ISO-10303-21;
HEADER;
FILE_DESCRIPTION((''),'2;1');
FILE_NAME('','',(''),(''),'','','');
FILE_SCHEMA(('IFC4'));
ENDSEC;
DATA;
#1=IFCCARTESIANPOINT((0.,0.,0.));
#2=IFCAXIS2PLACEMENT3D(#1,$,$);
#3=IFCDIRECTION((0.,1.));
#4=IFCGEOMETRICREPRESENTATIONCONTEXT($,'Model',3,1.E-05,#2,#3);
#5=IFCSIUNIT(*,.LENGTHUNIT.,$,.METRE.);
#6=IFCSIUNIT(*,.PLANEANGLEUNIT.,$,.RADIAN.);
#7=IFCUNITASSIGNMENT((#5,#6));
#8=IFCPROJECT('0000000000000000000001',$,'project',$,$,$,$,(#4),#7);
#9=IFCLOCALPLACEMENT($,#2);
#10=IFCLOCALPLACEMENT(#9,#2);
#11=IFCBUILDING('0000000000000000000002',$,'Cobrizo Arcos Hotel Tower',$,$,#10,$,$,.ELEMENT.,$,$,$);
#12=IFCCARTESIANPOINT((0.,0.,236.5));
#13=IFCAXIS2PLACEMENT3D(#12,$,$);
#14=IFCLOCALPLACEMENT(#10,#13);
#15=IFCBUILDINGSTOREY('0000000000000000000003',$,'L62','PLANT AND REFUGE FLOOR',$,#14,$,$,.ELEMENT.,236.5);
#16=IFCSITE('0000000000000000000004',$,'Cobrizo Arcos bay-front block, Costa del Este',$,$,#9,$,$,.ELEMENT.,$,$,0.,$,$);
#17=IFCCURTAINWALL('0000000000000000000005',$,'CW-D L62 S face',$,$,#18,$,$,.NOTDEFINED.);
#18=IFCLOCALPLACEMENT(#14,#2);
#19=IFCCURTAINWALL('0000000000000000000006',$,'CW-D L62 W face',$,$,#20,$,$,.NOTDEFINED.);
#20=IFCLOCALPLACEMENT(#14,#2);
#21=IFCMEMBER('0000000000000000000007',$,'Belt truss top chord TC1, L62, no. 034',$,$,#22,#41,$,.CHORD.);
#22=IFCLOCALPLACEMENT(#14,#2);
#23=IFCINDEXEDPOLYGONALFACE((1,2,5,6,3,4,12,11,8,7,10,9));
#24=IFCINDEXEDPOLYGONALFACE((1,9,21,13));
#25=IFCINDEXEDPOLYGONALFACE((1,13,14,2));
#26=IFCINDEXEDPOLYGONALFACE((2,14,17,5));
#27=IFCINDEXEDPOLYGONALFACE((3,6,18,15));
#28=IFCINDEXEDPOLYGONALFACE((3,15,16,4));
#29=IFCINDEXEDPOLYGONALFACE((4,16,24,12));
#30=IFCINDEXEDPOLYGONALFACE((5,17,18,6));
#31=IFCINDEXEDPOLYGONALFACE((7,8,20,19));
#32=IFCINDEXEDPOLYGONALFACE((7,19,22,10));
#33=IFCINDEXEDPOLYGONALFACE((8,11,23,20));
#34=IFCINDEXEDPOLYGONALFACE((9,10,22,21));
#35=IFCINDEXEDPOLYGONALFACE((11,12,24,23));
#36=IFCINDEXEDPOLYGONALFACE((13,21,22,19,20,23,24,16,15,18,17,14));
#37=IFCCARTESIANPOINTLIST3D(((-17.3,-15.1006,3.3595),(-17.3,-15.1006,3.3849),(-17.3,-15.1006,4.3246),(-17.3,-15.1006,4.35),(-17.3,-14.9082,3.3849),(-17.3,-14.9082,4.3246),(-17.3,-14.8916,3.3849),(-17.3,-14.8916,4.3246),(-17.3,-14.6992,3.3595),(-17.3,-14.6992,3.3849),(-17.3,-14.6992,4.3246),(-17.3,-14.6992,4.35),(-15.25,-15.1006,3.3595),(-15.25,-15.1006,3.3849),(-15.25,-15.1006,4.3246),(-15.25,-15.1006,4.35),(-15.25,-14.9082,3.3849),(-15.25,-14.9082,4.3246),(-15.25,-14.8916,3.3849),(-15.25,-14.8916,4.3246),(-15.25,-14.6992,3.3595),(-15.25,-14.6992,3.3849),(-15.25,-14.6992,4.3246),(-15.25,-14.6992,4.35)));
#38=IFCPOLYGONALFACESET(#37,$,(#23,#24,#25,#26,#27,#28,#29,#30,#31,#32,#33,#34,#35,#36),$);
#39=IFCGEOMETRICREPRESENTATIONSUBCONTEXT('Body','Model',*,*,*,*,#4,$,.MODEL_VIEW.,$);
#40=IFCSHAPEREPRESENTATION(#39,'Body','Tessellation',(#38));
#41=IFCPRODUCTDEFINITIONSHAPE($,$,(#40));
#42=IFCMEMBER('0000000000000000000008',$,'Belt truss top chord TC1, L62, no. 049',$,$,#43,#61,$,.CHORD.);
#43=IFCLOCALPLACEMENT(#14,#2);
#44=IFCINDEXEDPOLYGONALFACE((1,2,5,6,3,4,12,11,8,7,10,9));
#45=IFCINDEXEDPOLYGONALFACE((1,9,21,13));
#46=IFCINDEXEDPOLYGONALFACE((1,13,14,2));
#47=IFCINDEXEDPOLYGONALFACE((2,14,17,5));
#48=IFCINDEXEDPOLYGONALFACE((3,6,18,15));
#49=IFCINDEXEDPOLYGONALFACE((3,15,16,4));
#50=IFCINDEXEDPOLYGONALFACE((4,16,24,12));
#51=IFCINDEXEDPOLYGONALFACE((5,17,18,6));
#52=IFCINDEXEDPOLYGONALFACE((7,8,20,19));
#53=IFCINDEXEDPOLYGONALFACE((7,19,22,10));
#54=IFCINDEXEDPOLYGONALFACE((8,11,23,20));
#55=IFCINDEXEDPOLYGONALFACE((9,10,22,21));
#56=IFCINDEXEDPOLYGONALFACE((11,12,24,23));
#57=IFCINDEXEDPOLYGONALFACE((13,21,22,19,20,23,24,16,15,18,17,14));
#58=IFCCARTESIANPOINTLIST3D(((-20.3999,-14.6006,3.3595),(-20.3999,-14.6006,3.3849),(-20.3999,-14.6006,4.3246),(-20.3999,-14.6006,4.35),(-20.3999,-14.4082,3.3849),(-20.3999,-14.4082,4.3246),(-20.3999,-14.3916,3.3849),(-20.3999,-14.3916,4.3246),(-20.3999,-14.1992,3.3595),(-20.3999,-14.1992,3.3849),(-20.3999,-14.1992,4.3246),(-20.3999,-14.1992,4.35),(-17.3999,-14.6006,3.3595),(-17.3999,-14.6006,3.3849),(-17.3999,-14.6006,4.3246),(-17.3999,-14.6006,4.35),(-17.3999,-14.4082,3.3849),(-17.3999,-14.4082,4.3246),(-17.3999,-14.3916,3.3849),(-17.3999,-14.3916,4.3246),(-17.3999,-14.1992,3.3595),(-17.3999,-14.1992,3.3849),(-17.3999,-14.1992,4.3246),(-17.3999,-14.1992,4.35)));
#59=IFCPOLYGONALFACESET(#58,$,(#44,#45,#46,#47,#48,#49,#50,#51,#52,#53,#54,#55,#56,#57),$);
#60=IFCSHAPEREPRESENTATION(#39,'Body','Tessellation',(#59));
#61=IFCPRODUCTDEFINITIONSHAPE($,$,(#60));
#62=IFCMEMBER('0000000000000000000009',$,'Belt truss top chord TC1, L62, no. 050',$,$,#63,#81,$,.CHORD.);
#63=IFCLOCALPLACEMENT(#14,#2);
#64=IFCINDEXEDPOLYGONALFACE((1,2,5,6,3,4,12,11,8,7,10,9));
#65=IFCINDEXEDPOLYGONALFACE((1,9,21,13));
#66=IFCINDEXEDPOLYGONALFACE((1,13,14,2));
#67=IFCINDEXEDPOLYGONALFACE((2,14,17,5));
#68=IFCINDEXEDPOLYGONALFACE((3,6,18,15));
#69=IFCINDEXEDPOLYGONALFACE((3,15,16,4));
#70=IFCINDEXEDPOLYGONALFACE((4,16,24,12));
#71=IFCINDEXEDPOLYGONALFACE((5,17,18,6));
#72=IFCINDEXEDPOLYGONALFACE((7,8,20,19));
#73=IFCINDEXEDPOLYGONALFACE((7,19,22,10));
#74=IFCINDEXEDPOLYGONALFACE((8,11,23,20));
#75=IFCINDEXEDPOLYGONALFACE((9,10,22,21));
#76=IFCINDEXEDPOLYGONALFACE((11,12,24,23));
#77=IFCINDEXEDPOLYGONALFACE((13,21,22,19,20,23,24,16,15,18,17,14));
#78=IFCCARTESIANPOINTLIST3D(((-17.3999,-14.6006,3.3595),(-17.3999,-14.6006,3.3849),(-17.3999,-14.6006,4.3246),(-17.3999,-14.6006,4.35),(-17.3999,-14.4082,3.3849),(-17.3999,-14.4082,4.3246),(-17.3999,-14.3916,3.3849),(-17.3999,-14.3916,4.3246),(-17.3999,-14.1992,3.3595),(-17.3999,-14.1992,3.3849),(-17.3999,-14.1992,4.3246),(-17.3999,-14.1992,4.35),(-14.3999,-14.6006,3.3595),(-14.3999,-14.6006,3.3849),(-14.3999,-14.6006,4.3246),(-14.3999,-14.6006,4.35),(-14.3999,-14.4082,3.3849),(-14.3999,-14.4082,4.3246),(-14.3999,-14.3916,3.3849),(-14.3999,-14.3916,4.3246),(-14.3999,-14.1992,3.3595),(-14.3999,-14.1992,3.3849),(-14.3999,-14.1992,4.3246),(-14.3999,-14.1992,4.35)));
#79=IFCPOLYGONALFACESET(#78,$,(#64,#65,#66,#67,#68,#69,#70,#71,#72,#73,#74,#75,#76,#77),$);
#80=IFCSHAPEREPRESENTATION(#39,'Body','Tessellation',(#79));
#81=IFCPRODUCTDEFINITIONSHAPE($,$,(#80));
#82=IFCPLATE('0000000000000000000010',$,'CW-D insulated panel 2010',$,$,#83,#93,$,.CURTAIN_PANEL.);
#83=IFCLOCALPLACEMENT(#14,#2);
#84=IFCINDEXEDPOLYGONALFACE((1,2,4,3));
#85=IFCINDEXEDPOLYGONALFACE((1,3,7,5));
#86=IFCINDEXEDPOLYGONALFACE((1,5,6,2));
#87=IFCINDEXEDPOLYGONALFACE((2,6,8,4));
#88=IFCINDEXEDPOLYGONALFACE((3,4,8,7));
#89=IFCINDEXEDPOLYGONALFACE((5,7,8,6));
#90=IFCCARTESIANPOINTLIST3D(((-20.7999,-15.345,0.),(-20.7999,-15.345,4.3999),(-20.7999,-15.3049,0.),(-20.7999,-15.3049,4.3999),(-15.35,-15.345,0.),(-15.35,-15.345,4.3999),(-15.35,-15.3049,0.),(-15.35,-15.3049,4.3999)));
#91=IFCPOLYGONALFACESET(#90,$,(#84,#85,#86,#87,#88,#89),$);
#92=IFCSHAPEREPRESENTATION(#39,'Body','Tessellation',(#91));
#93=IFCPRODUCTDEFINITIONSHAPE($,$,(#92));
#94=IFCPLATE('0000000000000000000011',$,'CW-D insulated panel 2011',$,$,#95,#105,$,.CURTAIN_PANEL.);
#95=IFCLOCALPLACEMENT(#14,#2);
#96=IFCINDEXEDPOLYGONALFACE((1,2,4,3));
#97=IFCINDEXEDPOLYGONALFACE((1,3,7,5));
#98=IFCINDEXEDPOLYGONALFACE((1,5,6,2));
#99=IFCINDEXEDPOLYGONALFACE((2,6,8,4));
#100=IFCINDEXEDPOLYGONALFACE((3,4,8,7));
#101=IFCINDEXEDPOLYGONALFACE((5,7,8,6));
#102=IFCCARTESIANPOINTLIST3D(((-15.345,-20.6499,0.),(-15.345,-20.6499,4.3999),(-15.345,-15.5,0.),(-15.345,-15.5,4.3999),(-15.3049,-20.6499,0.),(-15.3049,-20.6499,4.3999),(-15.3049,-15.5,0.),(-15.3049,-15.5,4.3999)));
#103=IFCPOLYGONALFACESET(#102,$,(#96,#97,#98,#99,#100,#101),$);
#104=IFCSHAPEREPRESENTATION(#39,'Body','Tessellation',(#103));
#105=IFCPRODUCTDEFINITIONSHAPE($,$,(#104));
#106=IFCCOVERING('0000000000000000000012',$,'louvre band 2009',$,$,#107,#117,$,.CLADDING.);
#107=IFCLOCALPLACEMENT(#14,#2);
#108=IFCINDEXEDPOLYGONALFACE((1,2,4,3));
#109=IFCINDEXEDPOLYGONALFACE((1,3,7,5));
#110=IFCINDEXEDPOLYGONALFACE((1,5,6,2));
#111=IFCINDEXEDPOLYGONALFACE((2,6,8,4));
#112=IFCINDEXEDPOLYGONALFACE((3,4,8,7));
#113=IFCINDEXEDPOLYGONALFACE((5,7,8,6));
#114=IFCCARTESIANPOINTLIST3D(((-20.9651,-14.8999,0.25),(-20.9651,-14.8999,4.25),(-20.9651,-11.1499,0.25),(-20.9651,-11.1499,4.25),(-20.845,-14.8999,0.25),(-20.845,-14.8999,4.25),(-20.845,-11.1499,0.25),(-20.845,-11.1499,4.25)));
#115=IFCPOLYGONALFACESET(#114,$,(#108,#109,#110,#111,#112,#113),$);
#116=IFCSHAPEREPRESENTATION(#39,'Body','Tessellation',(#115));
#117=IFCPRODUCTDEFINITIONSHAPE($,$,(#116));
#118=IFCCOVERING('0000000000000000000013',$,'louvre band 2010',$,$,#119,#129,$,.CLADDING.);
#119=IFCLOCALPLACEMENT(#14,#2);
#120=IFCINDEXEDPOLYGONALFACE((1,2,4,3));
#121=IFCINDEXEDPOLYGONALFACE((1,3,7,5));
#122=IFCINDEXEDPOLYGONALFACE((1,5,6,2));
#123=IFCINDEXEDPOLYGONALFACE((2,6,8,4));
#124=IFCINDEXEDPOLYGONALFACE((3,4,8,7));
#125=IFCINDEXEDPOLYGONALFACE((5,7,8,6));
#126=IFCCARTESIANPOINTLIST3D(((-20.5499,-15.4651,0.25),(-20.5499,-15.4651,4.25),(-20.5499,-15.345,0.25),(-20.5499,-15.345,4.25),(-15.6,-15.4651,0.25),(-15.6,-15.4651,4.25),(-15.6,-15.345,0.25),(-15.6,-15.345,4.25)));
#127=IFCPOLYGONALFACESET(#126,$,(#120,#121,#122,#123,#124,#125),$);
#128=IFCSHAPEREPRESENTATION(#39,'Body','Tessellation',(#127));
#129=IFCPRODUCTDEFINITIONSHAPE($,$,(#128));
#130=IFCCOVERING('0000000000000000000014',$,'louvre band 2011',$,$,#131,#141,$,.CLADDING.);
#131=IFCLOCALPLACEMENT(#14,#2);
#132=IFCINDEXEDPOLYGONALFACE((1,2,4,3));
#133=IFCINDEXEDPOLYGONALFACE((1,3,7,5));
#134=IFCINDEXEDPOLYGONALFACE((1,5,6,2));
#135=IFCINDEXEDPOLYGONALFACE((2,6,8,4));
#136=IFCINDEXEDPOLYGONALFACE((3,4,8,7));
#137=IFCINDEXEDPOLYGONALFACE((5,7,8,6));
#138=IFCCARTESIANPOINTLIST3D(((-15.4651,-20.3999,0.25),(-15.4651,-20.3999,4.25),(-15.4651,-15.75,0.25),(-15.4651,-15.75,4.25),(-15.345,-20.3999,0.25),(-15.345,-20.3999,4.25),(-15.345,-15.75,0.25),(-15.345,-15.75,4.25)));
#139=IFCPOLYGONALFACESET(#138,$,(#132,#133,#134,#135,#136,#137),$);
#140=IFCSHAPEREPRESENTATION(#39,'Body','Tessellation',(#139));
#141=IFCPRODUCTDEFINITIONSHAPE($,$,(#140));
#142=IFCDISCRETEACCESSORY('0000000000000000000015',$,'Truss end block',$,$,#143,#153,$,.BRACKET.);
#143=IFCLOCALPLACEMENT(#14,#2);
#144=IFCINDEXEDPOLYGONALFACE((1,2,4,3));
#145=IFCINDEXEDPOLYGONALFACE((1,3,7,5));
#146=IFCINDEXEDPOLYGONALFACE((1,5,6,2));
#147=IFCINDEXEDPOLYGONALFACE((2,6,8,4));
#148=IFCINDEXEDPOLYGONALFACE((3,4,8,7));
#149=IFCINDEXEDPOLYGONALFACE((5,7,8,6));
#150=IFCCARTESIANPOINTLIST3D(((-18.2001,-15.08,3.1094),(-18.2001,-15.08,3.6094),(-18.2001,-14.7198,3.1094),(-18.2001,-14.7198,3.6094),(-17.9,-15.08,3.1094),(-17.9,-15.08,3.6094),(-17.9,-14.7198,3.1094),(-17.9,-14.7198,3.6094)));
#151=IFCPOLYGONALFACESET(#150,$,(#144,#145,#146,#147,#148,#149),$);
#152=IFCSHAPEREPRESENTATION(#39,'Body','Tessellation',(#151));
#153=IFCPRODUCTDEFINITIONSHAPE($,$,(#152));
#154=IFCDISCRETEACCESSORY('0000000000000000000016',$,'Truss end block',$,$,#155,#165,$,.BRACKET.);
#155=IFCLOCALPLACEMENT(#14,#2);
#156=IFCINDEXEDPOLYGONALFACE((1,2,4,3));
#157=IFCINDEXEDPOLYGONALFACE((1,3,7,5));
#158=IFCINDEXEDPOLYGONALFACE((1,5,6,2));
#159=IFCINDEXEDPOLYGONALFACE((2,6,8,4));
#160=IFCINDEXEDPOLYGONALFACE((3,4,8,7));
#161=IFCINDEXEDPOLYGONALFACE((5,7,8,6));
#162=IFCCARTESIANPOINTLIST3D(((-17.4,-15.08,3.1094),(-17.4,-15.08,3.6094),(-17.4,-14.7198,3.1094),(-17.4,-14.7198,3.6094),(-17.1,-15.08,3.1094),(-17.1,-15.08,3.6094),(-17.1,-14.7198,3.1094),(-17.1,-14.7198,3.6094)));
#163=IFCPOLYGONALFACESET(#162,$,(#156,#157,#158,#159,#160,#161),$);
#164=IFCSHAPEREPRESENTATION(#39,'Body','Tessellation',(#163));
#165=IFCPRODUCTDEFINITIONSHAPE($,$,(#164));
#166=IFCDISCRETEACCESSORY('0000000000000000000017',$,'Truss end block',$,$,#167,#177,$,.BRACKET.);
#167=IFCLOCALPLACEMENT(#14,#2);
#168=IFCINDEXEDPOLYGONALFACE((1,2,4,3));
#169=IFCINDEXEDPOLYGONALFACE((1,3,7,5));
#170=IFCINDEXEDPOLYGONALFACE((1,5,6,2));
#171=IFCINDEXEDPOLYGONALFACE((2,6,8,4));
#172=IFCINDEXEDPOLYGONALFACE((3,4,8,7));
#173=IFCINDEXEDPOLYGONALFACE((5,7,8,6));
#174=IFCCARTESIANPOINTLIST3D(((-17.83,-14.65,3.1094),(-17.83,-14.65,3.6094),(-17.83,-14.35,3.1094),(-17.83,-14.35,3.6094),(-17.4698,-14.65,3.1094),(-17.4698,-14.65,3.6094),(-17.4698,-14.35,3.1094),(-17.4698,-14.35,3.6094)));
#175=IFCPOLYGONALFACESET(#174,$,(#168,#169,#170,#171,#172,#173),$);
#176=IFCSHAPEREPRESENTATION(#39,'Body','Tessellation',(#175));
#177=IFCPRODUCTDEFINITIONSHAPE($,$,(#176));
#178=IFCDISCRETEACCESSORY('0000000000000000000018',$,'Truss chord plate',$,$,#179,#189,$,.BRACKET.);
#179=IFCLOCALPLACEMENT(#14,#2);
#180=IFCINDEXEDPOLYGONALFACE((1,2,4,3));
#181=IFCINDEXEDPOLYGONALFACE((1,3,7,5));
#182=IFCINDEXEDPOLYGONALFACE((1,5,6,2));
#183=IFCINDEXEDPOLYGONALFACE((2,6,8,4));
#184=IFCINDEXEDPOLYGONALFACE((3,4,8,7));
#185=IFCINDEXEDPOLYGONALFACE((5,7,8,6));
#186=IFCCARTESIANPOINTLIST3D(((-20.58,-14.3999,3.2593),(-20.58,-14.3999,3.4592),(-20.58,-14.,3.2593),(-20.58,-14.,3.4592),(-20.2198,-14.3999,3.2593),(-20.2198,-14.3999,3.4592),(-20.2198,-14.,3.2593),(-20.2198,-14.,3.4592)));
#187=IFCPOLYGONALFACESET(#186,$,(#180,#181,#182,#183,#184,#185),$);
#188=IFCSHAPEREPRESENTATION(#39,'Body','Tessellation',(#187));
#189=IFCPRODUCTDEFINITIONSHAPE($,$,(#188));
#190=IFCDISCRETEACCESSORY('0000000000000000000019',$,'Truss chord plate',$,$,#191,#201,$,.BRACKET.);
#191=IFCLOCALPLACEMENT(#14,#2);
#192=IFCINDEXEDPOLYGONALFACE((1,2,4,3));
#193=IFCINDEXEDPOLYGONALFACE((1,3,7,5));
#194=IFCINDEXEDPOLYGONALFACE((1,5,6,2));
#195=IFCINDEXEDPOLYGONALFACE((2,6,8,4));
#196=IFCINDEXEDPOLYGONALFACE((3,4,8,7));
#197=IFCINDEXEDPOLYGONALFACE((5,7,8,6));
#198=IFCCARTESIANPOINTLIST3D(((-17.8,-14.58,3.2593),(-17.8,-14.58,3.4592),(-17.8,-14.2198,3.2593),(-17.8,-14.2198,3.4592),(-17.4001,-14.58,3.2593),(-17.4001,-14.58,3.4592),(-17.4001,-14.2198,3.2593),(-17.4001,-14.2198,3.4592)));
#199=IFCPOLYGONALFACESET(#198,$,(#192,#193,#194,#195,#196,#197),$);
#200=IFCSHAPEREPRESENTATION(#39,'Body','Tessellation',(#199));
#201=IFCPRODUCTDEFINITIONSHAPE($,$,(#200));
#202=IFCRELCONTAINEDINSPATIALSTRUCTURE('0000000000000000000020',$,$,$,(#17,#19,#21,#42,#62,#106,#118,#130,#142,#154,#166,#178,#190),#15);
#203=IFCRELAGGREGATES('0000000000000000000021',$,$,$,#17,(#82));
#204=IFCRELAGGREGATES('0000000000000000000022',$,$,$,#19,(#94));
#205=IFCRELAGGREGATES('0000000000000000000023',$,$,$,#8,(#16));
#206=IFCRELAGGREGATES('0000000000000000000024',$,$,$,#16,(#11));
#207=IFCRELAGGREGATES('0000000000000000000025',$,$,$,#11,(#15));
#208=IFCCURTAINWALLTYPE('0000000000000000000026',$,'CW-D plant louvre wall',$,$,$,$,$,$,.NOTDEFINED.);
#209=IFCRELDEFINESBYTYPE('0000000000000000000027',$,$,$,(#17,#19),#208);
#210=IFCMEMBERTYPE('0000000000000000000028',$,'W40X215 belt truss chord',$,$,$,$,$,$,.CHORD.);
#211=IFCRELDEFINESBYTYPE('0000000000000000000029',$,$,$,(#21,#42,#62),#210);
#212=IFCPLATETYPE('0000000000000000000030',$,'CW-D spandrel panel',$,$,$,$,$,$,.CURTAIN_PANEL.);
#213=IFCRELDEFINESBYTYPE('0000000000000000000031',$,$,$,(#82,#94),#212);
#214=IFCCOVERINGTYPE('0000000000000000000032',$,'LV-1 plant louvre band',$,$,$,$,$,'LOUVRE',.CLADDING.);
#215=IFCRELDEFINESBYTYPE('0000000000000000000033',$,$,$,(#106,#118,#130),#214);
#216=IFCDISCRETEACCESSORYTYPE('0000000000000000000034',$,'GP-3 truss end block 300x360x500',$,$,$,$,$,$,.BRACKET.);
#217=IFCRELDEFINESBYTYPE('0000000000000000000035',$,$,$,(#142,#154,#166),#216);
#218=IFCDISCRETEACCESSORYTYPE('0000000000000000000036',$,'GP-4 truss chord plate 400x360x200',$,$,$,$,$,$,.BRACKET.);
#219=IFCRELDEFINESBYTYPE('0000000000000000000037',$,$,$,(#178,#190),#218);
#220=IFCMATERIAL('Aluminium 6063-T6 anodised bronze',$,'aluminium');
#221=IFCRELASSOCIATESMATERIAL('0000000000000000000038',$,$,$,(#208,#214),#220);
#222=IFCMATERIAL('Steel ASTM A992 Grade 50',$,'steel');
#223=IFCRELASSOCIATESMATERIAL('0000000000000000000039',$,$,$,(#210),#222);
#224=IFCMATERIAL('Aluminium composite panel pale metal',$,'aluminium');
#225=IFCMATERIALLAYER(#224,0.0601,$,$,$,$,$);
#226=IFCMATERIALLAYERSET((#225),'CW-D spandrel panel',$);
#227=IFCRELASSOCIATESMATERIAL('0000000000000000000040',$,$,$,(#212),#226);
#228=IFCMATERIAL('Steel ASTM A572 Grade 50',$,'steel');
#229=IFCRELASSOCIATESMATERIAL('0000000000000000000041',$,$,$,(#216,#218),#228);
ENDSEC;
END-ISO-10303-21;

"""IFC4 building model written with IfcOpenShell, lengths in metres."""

from ifc_helpers import new_model, si_unit, direction, frame, origin, origin_2d, place, context, subcontext, project, spatial, rectangle, i_section, extrude, material, layer, layer_set, material_profile, profile_set, type_object, element, aggregate, save


model = new_model("IFC4")

# Units and contexts
model_context = context("Model", 3, precision=1e-05, world=origin(), true_north=direction((0.0, 1.0)))
body_context = subcontext(model_context, "Body", "Model", "MODEL_VIEW")
ifc_project = project(units=[si_unit("LENGTHUNIT", "METRE"), si_unit("PLANEANGLEUNIT", "RADIAN")], contexts=[model_context])

# Site, building, storey
site_placement = place(None, origin())
site = spatial("IfcSite", under=ifc_project, at=site_placement, Name="Cobrizo Arcos bay-front block, Costa del Este", CompositionType="ELEMENT", RefElevation=0.0)
building_placement = place(site_placement, origin())
building = spatial("IfcBuilding", under=site, at=building_placement, Name="Cobrizo Arcos Hotel Tower", CompositionType="ELEMENT")
storey_placement = place(building_placement, frame((0.0, 0.0, 236.5)))
storey = spatial("IfcBuildingStorey", under=building, at=storey_placement, Name="L62", Description="PLANT AND REFUGE FLOOR", CompositionType="ELEMENT", Elevation=236.5)

# Shared definitions
ifc_material_1 = material(Name="Aluminium 6063-T6 anodised bronze", Category="aluminium")
curtain_wall_type = type_object("IfcCurtainWallType", Name="CW-D plant louvre wall", PredefinedType="NOTDEFINED", material=ifc_material_1)

# Curtain walls
curtain_wall_1_placement = place(storey_placement, origin())
curtain_wall_1 = element("IfcCurtainWall", 1, at=curtain_wall_1_placement, inside=storey, type_object=curtain_wall_type, Name="CW-D L62 S face", PredefinedType="NOTDEFINED")
curtain_wall_2_placement = place(storey_placement, origin())
curtain_wall_2 = element("IfcCurtainWall", 2, at=curtain_wall_2_placement, inside=storey, type_object=curtain_wall_type, Name="CW-D L62 W face", PredefinedType="NOTDEFINED")

# Members
ifc_material_2 = material(Name="Steel ASTM A992 Grade 50", Category="steel")
ifc_material_profile_1 = material_profile(ifc_material_2, i_section(OverallWidth=0.4014, OverallDepth=0.9905, WebThickness=0.0166, FlangeThickness=0.0254, at=origin_2d()), Name="W40X215")
ifc_profile_set_1 = profile_set([ifc_material_profile_1], Name="Steel ASTM A992 Grade 50")
member_type_1 = type_object("IfcMemberType", Name="W40X215 belt truss chord", PredefinedType="CHORD", material=ifc_profile_set_1)
for number, where, z_axis, x_axis, name in (
    (3, (-17.3, -14.8999, 3.8547), (1.0, 0.0, 0.0), (0.0, 1.0, 0.0), "Belt truss top chord TC1, L62, no. 034"),
):
    element("IfcMember", number, at=place(storey_placement, frame(where, z_axis=z_axis, x_axis=x_axis)), inside=storey, type_object=member_type_1, Name=name, PredefinedType="CHORD", context=body_context, shape_type="SweptSolid", body=[
        extrude(i_section(OverallWidth=0.4014, OverallDepth=0.9905, WebThickness=0.0166, FlangeThickness=0.0254, at=origin_2d()), origin(), (0.0, 0.0, 1.0), 2.05),
    ])
for number, where, z_axis, x_axis, name in (
    (4, (-20.3999, -14.3999, 3.8547), (1.0, 0.0, 0.0), (0.0, 1.0, 0.0), "Belt truss top chord TC1, L62, no. 049"),
    (5, (-17.3999, -14.3999, 3.8547), (1.0, 0.0, 0.0), (0.0, 1.0, 0.0), "Belt truss top chord TC1, L62, no. 050"),
):
    element("IfcMember", number, at=place(storey_placement, frame(where, z_axis=z_axis, x_axis=x_axis)), inside=storey, type_object=member_type_1, Name=name, PredefinedType="CHORD", context=body_context, shape_type="SweptSolid", body=[
        extrude(i_section(OverallWidth=0.4014, OverallDepth=0.9905, WebThickness=0.0166, FlangeThickness=0.0254, at=origin_2d()), origin(), (0.0, 0.0, 1.0), 3.0),
    ])

# Plates
ifc_material_3 = material(Name="Aluminium composite panel pale metal", Category="aluminium")
ifc_layer = layer(ifc_material_3, 0.0601)
ifc_layer_set = layer_set([ifc_layer], Name="CW-D spandrel panel")
plate_type = type_object("IfcPlateType", Name="CW-D spandrel panel", PredefinedType="CURTAIN_PANEL", material=ifc_layer_set)
plate_1_placement = place(storey_placement, frame((-18.075, -15.325, 0.0), z_axis=(0.0, 0.0, 1.0), x_axis=(1.0, 0.0, 0.0)))
plate_1 = element("IfcPlate", 6, at=plate_1_placement, type_object=plate_type, Name="CW-D insulated panel 2010", PredefinedType="CURTAIN_PANEL", context=body_context, shape_type="SweptSolid", body=[
    extrude(rectangle(XDim=5.45, YDim=0.04, at=origin_2d()), origin(), (0.0, 0.0, 1.0), 4.3999),
])
aggregate(curtain_wall_1, [plate_1])
plate_2_placement = place(storey_placement, frame((-15.325, -18.075, 0.0), z_axis=(0.0, 0.0, 1.0), x_axis=(0.0, -1.0, 0.0)))
plate_2 = element("IfcPlate", 7, at=plate_2_placement, type_object=plate_type, Name="CW-D insulated panel 2011", PredefinedType="CURTAIN_PANEL", context=body_context, shape_type="SweptSolid", body=[
    extrude(rectangle(XDim=5.1499, YDim=0.04, at=origin_2d()), origin(), (0.0, 0.0, 1.0), 4.3999),
])
aggregate(curtain_wall_2, [plate_2])

# Coverings
covering_type = type_object("IfcCoveringType", Name="LV-1 plant louvre band", ElementType="LOUVRE", PredefinedType="CLADDING", material=ifc_material_1)
covering_1_placement = place(storey_placement, frame((-20.905, -13.0249, 0.25), z_axis=(0.0, 0.0, 1.0), x_axis=(0.0, -1.0, 0.0)))
element("IfcCovering", 8, at=covering_1_placement, inside=storey, type_object=covering_type, Name="louvre band 2009", PredefinedType="CLADDING", context=body_context, shape_type="SweptSolid", body=[
    extrude(rectangle(XDim=3.75, YDim=0.1201, at=origin_2d()), origin(), (0.0, 0.0, 1.0), 4.0),
])
covering_2_placement = place(storey_placement, frame((-18.075, -15.405, 0.25), z_axis=(0.0, 0.0, 1.0), x_axis=(1.0, 0.0, 0.0)))
element("IfcCovering", 9, at=covering_2_placement, inside=storey, type_object=covering_type, Name="louvre band 2010", PredefinedType="CLADDING", context=body_context, shape_type="SweptSolid", body=[
    extrude(rectangle(XDim=4.95, YDim=0.1201, at=origin_2d()), origin(), (0.0, 0.0, 1.0), 4.0),
])
covering_3_placement = place(storey_placement, frame((-15.405, -18.075, 0.25), z_axis=(0.0, 0.0, 1.0), x_axis=(0.0, -1.0, 0.0)))
element("IfcCovering", 10, at=covering_3_placement, inside=storey, type_object=covering_type, Name="louvre band 2011", PredefinedType="CLADDING", context=body_context, shape_type="SweptSolid", body=[
    extrude(rectangle(XDim=4.6499, YDim=0.1201, at=origin_2d()), origin(), (0.0, 0.0, 1.0), 4.0),
])

# Discrete accessories
ifc_material_4 = material(Name="Steel ASTM A572 Grade 50", Category="steel")
discrete_accessory_type_1 = type_object("IfcDiscreteAccessoryType", Name="GP-3 truss end block 300x360x500", PredefinedType="BRACKET", material=ifc_material_4)
for number, where, z_axis, x_axis, name in (
    (11, (-18.05, -14.8999, 3.1094), (0.0, 0.0, 1.0), (-1.0, 0.0, 0.0), "Truss end block"),
    (12, (-17.25, -14.8999, 3.1094), (0.0, 0.0, 1.0), (1.0, 0.0, 0.0), "Truss end block"),
    (13, (-17.6499, -14.5, 3.1094), (0.0, 0.0, 1.0), (0.0, 1.0, 0.0), "Truss end block"),
):
    element("IfcDiscreteAccessory", number, at=place(storey_placement, frame(where, z_axis=z_axis, x_axis=x_axis)), inside=storey, type_object=discrete_accessory_type_1, Name=name, PredefinedType="BRACKET", context=body_context, shape_type="SweptSolid", body=[
        extrude(rectangle(XDim=0.3, YDim=0.3601, at=origin_2d()), origin(), (0.0, 0.0, 1.0), 0.5),
    ])
discrete_accessory_type_2 = type_object("IfcDiscreteAccessoryType", Name="GP-4 truss chord plate 400x360x200", PredefinedType="BRACKET", material=ifc_material_4)
for number, where, z_axis, x_axis, name in (
    (14, (-20.3999, -14.2, 3.2593), (0.0, 0.0, 1.0), (0.0, -1.0, 0.0), "Truss chord plate"),
    (15, (-17.6001, -14.3999, 3.2593), (0.0, 0.0, 1.0), (1.0, 0.0, 0.0), "Truss chord plate"),
):
    element("IfcDiscreteAccessory", number, at=place(storey_placement, frame(where, z_axis=z_axis, x_axis=x_axis)), inside=storey, type_object=discrete_accessory_type_2, Name=name, PredefinedType="BRACKET", context=body_context, shape_type="SweptSolid", body=[
        extrude(rectangle(XDim=0.3999, YDim=0.3601, at=origin_2d()), origin(), (0.0, 0.0, 1.0), 0.2),
    ])

save(model, "model.ifc")
